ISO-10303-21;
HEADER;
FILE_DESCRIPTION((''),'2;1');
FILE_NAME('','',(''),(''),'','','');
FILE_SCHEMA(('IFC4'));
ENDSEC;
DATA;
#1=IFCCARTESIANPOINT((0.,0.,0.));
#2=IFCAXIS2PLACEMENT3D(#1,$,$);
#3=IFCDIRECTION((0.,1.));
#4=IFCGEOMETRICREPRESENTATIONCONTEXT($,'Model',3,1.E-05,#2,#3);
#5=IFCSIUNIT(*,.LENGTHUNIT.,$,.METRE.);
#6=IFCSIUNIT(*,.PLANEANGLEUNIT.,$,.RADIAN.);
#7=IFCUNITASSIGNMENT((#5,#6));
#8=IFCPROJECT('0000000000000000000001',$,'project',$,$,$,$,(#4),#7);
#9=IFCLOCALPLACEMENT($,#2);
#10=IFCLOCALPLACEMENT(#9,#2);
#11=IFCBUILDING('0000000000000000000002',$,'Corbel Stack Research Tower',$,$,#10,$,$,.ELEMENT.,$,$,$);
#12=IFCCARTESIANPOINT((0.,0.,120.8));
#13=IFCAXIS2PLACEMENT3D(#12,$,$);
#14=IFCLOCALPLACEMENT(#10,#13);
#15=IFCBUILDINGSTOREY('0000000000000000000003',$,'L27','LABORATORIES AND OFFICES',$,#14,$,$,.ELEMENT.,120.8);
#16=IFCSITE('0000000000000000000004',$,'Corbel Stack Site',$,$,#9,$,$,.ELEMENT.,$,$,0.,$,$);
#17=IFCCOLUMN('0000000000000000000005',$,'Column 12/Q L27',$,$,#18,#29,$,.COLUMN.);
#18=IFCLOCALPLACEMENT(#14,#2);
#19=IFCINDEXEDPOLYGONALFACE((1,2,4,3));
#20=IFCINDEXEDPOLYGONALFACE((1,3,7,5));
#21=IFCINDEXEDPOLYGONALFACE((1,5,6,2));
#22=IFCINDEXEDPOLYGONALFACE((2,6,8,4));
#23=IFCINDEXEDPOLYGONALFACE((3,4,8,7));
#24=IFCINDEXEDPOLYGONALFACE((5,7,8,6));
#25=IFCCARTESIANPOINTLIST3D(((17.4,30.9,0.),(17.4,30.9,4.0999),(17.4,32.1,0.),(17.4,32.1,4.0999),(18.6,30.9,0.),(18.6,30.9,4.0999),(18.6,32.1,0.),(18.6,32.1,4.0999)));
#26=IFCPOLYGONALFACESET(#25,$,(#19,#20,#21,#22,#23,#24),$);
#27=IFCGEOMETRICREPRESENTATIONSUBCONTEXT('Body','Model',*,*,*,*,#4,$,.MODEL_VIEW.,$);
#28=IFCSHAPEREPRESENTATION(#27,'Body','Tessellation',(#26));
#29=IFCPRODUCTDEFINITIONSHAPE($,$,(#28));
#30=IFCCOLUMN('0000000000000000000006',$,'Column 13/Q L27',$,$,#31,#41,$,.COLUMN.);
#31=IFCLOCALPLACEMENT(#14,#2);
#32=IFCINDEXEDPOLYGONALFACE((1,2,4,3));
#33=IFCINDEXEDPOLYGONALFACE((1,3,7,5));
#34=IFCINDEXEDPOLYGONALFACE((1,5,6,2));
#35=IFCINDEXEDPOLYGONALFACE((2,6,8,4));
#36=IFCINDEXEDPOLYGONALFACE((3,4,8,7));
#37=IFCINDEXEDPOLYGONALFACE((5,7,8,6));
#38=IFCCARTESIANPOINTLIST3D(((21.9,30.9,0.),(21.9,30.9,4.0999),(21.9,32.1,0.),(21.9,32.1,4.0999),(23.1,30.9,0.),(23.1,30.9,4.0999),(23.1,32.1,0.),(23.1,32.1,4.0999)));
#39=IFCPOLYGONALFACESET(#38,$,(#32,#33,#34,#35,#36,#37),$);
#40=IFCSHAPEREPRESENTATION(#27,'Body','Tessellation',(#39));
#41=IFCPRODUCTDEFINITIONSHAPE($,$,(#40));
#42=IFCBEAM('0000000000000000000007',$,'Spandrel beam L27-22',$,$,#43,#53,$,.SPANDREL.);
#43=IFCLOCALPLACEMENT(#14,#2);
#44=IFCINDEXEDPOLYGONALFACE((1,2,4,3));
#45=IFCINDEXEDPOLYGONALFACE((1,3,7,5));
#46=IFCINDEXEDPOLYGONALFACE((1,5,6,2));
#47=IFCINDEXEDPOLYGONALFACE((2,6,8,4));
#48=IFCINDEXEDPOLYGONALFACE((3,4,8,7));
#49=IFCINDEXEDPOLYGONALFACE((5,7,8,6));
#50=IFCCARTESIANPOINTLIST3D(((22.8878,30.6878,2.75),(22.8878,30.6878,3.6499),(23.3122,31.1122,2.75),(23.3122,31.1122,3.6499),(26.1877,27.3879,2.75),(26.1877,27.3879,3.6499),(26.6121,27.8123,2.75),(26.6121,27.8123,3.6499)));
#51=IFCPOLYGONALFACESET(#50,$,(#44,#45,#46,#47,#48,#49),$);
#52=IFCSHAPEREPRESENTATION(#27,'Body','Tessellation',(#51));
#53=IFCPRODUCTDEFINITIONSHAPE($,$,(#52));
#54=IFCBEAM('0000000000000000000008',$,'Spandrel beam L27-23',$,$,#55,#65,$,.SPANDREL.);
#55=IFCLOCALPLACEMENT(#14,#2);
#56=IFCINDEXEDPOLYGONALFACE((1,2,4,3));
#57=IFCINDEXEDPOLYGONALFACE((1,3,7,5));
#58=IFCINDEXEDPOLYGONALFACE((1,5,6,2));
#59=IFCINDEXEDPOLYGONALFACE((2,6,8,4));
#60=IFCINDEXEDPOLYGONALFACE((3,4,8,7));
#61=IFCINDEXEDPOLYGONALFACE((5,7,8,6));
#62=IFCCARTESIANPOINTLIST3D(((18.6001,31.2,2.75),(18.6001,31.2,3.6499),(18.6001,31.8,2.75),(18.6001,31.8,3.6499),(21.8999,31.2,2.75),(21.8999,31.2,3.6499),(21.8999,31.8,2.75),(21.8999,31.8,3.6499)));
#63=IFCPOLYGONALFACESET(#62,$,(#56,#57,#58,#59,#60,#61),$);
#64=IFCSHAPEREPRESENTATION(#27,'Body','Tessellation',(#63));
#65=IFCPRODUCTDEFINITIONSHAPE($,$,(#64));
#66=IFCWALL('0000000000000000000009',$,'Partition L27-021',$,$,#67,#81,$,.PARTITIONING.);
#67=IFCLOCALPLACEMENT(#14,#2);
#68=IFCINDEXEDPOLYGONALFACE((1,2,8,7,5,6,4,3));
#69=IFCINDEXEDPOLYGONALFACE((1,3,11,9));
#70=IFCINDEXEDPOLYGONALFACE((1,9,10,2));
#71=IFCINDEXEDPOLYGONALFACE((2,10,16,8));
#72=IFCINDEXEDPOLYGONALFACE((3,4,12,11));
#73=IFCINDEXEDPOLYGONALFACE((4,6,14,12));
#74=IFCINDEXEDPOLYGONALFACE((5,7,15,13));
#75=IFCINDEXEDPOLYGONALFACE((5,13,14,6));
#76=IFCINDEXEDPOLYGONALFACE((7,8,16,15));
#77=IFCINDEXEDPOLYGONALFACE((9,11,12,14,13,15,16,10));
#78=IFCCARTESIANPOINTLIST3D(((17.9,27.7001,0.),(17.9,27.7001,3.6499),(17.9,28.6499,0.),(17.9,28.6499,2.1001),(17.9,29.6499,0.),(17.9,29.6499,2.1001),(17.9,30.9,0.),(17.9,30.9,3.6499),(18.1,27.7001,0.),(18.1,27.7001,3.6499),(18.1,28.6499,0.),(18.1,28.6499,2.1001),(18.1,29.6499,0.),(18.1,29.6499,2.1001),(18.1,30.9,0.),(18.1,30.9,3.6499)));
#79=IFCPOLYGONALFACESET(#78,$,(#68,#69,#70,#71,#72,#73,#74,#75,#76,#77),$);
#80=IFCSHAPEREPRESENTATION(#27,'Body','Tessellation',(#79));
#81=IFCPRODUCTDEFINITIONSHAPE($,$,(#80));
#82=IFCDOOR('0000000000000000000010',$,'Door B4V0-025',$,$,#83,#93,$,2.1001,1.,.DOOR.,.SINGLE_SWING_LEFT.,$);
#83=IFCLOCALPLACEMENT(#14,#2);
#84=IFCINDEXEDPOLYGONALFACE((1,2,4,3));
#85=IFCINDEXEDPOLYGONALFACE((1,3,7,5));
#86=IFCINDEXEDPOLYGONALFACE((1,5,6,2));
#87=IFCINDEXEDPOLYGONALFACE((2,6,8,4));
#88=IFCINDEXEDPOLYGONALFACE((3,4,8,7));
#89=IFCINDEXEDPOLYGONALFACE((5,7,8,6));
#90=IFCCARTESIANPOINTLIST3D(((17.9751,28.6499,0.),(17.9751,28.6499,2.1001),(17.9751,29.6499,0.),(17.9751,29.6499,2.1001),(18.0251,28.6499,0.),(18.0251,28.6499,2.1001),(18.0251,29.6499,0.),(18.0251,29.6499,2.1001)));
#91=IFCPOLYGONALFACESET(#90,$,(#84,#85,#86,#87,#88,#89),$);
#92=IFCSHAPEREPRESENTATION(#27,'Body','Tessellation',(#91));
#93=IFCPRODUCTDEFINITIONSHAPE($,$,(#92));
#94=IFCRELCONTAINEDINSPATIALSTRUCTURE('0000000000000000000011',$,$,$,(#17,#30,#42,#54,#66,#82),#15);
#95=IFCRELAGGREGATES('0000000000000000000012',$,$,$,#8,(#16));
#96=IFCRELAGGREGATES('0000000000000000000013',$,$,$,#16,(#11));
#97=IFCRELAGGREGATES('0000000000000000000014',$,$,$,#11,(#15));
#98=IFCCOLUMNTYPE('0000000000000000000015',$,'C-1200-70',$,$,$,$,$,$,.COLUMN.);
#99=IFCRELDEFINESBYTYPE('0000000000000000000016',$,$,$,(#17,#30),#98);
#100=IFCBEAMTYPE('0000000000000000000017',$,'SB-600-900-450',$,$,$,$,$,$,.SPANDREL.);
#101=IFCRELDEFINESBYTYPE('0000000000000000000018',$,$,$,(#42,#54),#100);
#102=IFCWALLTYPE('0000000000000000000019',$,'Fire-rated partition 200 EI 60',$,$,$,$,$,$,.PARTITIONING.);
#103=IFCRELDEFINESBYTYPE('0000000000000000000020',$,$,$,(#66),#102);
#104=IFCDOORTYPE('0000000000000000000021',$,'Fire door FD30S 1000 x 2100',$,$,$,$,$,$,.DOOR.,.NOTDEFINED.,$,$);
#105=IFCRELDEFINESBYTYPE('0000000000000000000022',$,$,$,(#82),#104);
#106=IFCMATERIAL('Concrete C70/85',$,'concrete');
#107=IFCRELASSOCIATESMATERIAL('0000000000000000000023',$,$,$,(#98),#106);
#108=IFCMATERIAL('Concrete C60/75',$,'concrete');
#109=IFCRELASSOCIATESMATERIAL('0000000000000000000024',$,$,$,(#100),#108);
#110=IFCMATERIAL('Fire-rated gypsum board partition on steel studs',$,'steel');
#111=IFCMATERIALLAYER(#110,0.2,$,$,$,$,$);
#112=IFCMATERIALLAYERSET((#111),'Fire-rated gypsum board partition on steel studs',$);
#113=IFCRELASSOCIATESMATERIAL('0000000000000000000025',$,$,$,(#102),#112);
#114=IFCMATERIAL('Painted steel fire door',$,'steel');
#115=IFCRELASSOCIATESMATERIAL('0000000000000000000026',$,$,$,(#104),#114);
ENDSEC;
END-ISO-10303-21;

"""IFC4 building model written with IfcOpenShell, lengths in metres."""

from ifc_helpers import new_model, si_unit, direction, frame, frame_2d, origin, origin_2d, place, context, subcontext, project, spatial, rectangle, extrude, material, layer, layer_set, material_profile, profile_set, type_object, element, fill, save


model = new_model("IFC4")

# Units and contexts
model_context = context("Model", 3, precision=1e-05, world=origin(), true_north=direction((0.0, 1.0)))
body_context = subcontext(model_context, "Body", "Model", "MODEL_VIEW")
ifc_project = project(units=[si_unit("LENGTHUNIT", "METRE"), si_unit("PLANEANGLEUNIT", "RADIAN")], contexts=[model_context])

# Site, building, storey
site_placement = place(None, origin())
site = spatial("IfcSite", under=ifc_project, at=site_placement, Name="Corbel Stack Site", CompositionType="ELEMENT", RefElevation=0.0)
building_placement = place(site_placement, origin())
building = spatial("IfcBuilding", under=site, at=building_placement, Name="Corbel Stack Research Tower", CompositionType="ELEMENT")
storey_placement = place(building_placement, frame((0.0, 0.0, 120.8)))
storey = spatial("IfcBuildingStorey", under=building, at=storey_placement, Name="L27", Description="LABORATORIES AND OFFICES", CompositionType="ELEMENT", Elevation=120.8)

# Columns
ifc_material_1 = material(Name="Concrete C70/85", Category="concrete")
ifc_material_profile_1 = material_profile(ifc_material_1, rectangle(XDim=1.2, YDim=1.2, at=origin_2d()), Name="RC 1200 x 1200")
ifc_profile_set_1 = profile_set([ifc_material_profile_1], Name="Concrete C70/85")
column_type = type_object("IfcColumnType", Name="C-1200-70", PredefinedType="COLUMN", material=ifc_profile_set_1)
for number, where, z_axis, x_axis, name in (
    (1, (18.0, 31.5, 0.0), (0.0, 0.0, 1.0), (1.0, 0.0, 0.0), "Column 12/Q L27"),
    (2, (22.5, 31.5, 0.0), (0.0, 0.0, 1.0), (1.0, 0.0, 0.0), "Column 13/Q L27"),
):
    element("IfcColumn", number, at=place(storey_placement, frame(where, z_axis=z_axis, x_axis=x_axis)), inside=storey, type_object=column_type, Name=name, PredefinedType="COLUMN", context=body_context, shape_type="SweptSolid", body=[
        extrude(rectangle(XDim=1.2, YDim=1.2, at=origin_2d()), origin(), (0.0, 0.0, 1.0), 4.0999),
    ])

# Beams
ifc_material_2 = material(Name="Concrete C60/75", Category="concrete")
ifc_material_profile_2 = material_profile(ifc_material_2, rectangle(XDim=0.6001, YDim=0.8999, at=origin_2d()), Name="RC 600 x 900")
ifc_profile_set_2 = profile_set([ifc_material_profile_2], Name="Concrete C60/75")
beam_type = type_object("IfcBeamType", Name="SB-600-900-450", PredefinedType="SPANDREL", material=ifc_profile_set_2)
beam_1_placement = place(storey_placement, frame((26.3999, 27.6001, 3.2), z_axis=(-0.707107, 0.707107, 0.0), x_axis=(-0.707107, -0.707107, 0.0)))
element("IfcBeam", 3, at=beam_1_placement, inside=storey, type_object=beam_type, Name="Spandrel beam L27-22", PredefinedType="SPANDREL", context=body_context, shape_type="SweptSolid", body=[
    extrude(rectangle(XDim=0.6001, YDim=0.8999, at=origin_2d()), origin(), (0.0, 0.0, 1.0), 4.6667),
])
beam_2_placement = place(storey_placement, frame((21.8999, 31.5, 3.2), z_axis=(-1.0, 0.0, 0.0), x_axis=(0.0, -1.0, 0.0)))
element("IfcBeam", 4, at=beam_2_placement, inside=storey, type_object=beam_type, Name="Spandrel beam L27-23", PredefinedType="SPANDREL", context=body_context, shape_type="SweptSolid", body=[
    extrude(rectangle(XDim=0.6001, YDim=0.8999, at=origin_2d()), origin(), (0.0, 0.0, 1.0), 3.2998),
])

# Wall, opening, door
ifc_material_3 = material(Name="Fire-rated gypsum board partition on steel studs", Category="steel")
ifc_layer_1 = layer(ifc_material_3, 0.2)
ifc_layer_set_1 = layer_set([ifc_layer_1], Name="Fire-rated gypsum board partition on steel studs")
wall_type_1 = type_object("IfcWallType", Name="Fire-rated partition 200 EI 60", PredefinedType="PARTITIONING", material=ifc_layer_set_1)
wall_1_placement = place(storey_placement, frame((18.0, 27.7, 0.0), z_axis=(0.0, 0.0, 1.0), x_axis=(0.0, 1.0, 0.0)))
wall_1 = element("IfcWall", 5, at=wall_1_placement, inside=storey, type_object=wall_type_1, Name="Partition L27-021", PredefinedType="PARTITIONING", context=body_context, shape_type="SweptSolid", body=[
    extrude(rectangle(XDim=3.2, YDim=0.2, at=frame_2d((1.6001, 0.0))), origin(), (0.0, 0.0, 1.0), 3.6499),
])
opening_1_placement = place(wall_1_placement, frame((0.95, 0.0, 0.0)))
opening_1 = element("IfcOpeningElement", 6, at=opening_1_placement, cuts=wall_1, PredefinedType="OPENING", context=body_context, shape_type="SweptSolid", body=[
    extrude(rectangle(XDim=1.0, YDim=2.1001, at=frame_2d((0.5, 1.05))), frame((0.0, 0.1099, 0.0), z_axis=(0.0, -1.0, 0.0), x_axis=(1.0, 0.0, 0.0)), (0.0, 0.0, 1.0), 0.22),
])
ifc_material_4 = material(Name="Painted steel fire door", Category="steel")
door_type_1 = type_object("IfcDoorType", Name="Fire door FD30S 1000 x 2100", OperationType="NOTDEFINED", PredefinedType="DOOR", material=ifc_material_4)
door_1_placement = place(opening_1_placement, origin())
door_1 = element("IfcDoor", 7, at=door_1_placement, inside=storey, type_object=door_type_1, Name="Door B4V0-025", OperationType="SINGLE_SWING_LEFT", OverallHeight=2.1001, OverallWidth=1.0, PredefinedType="DOOR", context=body_context, shape_type="SweptSolid", body=[
    extrude(rectangle(XDim=1.0, YDim=2.1001, at=frame_2d((0.5, 1.05))), frame((0.0, 0.0249, 0.0), z_axis=(0.0, -1.0, 0.0), x_axis=(1.0, 0.0, 0.0)), (0.0, 0.0, 1.0), 0.05),
])
fill(opening_1, door_1)

save(model, "model.ifc")
